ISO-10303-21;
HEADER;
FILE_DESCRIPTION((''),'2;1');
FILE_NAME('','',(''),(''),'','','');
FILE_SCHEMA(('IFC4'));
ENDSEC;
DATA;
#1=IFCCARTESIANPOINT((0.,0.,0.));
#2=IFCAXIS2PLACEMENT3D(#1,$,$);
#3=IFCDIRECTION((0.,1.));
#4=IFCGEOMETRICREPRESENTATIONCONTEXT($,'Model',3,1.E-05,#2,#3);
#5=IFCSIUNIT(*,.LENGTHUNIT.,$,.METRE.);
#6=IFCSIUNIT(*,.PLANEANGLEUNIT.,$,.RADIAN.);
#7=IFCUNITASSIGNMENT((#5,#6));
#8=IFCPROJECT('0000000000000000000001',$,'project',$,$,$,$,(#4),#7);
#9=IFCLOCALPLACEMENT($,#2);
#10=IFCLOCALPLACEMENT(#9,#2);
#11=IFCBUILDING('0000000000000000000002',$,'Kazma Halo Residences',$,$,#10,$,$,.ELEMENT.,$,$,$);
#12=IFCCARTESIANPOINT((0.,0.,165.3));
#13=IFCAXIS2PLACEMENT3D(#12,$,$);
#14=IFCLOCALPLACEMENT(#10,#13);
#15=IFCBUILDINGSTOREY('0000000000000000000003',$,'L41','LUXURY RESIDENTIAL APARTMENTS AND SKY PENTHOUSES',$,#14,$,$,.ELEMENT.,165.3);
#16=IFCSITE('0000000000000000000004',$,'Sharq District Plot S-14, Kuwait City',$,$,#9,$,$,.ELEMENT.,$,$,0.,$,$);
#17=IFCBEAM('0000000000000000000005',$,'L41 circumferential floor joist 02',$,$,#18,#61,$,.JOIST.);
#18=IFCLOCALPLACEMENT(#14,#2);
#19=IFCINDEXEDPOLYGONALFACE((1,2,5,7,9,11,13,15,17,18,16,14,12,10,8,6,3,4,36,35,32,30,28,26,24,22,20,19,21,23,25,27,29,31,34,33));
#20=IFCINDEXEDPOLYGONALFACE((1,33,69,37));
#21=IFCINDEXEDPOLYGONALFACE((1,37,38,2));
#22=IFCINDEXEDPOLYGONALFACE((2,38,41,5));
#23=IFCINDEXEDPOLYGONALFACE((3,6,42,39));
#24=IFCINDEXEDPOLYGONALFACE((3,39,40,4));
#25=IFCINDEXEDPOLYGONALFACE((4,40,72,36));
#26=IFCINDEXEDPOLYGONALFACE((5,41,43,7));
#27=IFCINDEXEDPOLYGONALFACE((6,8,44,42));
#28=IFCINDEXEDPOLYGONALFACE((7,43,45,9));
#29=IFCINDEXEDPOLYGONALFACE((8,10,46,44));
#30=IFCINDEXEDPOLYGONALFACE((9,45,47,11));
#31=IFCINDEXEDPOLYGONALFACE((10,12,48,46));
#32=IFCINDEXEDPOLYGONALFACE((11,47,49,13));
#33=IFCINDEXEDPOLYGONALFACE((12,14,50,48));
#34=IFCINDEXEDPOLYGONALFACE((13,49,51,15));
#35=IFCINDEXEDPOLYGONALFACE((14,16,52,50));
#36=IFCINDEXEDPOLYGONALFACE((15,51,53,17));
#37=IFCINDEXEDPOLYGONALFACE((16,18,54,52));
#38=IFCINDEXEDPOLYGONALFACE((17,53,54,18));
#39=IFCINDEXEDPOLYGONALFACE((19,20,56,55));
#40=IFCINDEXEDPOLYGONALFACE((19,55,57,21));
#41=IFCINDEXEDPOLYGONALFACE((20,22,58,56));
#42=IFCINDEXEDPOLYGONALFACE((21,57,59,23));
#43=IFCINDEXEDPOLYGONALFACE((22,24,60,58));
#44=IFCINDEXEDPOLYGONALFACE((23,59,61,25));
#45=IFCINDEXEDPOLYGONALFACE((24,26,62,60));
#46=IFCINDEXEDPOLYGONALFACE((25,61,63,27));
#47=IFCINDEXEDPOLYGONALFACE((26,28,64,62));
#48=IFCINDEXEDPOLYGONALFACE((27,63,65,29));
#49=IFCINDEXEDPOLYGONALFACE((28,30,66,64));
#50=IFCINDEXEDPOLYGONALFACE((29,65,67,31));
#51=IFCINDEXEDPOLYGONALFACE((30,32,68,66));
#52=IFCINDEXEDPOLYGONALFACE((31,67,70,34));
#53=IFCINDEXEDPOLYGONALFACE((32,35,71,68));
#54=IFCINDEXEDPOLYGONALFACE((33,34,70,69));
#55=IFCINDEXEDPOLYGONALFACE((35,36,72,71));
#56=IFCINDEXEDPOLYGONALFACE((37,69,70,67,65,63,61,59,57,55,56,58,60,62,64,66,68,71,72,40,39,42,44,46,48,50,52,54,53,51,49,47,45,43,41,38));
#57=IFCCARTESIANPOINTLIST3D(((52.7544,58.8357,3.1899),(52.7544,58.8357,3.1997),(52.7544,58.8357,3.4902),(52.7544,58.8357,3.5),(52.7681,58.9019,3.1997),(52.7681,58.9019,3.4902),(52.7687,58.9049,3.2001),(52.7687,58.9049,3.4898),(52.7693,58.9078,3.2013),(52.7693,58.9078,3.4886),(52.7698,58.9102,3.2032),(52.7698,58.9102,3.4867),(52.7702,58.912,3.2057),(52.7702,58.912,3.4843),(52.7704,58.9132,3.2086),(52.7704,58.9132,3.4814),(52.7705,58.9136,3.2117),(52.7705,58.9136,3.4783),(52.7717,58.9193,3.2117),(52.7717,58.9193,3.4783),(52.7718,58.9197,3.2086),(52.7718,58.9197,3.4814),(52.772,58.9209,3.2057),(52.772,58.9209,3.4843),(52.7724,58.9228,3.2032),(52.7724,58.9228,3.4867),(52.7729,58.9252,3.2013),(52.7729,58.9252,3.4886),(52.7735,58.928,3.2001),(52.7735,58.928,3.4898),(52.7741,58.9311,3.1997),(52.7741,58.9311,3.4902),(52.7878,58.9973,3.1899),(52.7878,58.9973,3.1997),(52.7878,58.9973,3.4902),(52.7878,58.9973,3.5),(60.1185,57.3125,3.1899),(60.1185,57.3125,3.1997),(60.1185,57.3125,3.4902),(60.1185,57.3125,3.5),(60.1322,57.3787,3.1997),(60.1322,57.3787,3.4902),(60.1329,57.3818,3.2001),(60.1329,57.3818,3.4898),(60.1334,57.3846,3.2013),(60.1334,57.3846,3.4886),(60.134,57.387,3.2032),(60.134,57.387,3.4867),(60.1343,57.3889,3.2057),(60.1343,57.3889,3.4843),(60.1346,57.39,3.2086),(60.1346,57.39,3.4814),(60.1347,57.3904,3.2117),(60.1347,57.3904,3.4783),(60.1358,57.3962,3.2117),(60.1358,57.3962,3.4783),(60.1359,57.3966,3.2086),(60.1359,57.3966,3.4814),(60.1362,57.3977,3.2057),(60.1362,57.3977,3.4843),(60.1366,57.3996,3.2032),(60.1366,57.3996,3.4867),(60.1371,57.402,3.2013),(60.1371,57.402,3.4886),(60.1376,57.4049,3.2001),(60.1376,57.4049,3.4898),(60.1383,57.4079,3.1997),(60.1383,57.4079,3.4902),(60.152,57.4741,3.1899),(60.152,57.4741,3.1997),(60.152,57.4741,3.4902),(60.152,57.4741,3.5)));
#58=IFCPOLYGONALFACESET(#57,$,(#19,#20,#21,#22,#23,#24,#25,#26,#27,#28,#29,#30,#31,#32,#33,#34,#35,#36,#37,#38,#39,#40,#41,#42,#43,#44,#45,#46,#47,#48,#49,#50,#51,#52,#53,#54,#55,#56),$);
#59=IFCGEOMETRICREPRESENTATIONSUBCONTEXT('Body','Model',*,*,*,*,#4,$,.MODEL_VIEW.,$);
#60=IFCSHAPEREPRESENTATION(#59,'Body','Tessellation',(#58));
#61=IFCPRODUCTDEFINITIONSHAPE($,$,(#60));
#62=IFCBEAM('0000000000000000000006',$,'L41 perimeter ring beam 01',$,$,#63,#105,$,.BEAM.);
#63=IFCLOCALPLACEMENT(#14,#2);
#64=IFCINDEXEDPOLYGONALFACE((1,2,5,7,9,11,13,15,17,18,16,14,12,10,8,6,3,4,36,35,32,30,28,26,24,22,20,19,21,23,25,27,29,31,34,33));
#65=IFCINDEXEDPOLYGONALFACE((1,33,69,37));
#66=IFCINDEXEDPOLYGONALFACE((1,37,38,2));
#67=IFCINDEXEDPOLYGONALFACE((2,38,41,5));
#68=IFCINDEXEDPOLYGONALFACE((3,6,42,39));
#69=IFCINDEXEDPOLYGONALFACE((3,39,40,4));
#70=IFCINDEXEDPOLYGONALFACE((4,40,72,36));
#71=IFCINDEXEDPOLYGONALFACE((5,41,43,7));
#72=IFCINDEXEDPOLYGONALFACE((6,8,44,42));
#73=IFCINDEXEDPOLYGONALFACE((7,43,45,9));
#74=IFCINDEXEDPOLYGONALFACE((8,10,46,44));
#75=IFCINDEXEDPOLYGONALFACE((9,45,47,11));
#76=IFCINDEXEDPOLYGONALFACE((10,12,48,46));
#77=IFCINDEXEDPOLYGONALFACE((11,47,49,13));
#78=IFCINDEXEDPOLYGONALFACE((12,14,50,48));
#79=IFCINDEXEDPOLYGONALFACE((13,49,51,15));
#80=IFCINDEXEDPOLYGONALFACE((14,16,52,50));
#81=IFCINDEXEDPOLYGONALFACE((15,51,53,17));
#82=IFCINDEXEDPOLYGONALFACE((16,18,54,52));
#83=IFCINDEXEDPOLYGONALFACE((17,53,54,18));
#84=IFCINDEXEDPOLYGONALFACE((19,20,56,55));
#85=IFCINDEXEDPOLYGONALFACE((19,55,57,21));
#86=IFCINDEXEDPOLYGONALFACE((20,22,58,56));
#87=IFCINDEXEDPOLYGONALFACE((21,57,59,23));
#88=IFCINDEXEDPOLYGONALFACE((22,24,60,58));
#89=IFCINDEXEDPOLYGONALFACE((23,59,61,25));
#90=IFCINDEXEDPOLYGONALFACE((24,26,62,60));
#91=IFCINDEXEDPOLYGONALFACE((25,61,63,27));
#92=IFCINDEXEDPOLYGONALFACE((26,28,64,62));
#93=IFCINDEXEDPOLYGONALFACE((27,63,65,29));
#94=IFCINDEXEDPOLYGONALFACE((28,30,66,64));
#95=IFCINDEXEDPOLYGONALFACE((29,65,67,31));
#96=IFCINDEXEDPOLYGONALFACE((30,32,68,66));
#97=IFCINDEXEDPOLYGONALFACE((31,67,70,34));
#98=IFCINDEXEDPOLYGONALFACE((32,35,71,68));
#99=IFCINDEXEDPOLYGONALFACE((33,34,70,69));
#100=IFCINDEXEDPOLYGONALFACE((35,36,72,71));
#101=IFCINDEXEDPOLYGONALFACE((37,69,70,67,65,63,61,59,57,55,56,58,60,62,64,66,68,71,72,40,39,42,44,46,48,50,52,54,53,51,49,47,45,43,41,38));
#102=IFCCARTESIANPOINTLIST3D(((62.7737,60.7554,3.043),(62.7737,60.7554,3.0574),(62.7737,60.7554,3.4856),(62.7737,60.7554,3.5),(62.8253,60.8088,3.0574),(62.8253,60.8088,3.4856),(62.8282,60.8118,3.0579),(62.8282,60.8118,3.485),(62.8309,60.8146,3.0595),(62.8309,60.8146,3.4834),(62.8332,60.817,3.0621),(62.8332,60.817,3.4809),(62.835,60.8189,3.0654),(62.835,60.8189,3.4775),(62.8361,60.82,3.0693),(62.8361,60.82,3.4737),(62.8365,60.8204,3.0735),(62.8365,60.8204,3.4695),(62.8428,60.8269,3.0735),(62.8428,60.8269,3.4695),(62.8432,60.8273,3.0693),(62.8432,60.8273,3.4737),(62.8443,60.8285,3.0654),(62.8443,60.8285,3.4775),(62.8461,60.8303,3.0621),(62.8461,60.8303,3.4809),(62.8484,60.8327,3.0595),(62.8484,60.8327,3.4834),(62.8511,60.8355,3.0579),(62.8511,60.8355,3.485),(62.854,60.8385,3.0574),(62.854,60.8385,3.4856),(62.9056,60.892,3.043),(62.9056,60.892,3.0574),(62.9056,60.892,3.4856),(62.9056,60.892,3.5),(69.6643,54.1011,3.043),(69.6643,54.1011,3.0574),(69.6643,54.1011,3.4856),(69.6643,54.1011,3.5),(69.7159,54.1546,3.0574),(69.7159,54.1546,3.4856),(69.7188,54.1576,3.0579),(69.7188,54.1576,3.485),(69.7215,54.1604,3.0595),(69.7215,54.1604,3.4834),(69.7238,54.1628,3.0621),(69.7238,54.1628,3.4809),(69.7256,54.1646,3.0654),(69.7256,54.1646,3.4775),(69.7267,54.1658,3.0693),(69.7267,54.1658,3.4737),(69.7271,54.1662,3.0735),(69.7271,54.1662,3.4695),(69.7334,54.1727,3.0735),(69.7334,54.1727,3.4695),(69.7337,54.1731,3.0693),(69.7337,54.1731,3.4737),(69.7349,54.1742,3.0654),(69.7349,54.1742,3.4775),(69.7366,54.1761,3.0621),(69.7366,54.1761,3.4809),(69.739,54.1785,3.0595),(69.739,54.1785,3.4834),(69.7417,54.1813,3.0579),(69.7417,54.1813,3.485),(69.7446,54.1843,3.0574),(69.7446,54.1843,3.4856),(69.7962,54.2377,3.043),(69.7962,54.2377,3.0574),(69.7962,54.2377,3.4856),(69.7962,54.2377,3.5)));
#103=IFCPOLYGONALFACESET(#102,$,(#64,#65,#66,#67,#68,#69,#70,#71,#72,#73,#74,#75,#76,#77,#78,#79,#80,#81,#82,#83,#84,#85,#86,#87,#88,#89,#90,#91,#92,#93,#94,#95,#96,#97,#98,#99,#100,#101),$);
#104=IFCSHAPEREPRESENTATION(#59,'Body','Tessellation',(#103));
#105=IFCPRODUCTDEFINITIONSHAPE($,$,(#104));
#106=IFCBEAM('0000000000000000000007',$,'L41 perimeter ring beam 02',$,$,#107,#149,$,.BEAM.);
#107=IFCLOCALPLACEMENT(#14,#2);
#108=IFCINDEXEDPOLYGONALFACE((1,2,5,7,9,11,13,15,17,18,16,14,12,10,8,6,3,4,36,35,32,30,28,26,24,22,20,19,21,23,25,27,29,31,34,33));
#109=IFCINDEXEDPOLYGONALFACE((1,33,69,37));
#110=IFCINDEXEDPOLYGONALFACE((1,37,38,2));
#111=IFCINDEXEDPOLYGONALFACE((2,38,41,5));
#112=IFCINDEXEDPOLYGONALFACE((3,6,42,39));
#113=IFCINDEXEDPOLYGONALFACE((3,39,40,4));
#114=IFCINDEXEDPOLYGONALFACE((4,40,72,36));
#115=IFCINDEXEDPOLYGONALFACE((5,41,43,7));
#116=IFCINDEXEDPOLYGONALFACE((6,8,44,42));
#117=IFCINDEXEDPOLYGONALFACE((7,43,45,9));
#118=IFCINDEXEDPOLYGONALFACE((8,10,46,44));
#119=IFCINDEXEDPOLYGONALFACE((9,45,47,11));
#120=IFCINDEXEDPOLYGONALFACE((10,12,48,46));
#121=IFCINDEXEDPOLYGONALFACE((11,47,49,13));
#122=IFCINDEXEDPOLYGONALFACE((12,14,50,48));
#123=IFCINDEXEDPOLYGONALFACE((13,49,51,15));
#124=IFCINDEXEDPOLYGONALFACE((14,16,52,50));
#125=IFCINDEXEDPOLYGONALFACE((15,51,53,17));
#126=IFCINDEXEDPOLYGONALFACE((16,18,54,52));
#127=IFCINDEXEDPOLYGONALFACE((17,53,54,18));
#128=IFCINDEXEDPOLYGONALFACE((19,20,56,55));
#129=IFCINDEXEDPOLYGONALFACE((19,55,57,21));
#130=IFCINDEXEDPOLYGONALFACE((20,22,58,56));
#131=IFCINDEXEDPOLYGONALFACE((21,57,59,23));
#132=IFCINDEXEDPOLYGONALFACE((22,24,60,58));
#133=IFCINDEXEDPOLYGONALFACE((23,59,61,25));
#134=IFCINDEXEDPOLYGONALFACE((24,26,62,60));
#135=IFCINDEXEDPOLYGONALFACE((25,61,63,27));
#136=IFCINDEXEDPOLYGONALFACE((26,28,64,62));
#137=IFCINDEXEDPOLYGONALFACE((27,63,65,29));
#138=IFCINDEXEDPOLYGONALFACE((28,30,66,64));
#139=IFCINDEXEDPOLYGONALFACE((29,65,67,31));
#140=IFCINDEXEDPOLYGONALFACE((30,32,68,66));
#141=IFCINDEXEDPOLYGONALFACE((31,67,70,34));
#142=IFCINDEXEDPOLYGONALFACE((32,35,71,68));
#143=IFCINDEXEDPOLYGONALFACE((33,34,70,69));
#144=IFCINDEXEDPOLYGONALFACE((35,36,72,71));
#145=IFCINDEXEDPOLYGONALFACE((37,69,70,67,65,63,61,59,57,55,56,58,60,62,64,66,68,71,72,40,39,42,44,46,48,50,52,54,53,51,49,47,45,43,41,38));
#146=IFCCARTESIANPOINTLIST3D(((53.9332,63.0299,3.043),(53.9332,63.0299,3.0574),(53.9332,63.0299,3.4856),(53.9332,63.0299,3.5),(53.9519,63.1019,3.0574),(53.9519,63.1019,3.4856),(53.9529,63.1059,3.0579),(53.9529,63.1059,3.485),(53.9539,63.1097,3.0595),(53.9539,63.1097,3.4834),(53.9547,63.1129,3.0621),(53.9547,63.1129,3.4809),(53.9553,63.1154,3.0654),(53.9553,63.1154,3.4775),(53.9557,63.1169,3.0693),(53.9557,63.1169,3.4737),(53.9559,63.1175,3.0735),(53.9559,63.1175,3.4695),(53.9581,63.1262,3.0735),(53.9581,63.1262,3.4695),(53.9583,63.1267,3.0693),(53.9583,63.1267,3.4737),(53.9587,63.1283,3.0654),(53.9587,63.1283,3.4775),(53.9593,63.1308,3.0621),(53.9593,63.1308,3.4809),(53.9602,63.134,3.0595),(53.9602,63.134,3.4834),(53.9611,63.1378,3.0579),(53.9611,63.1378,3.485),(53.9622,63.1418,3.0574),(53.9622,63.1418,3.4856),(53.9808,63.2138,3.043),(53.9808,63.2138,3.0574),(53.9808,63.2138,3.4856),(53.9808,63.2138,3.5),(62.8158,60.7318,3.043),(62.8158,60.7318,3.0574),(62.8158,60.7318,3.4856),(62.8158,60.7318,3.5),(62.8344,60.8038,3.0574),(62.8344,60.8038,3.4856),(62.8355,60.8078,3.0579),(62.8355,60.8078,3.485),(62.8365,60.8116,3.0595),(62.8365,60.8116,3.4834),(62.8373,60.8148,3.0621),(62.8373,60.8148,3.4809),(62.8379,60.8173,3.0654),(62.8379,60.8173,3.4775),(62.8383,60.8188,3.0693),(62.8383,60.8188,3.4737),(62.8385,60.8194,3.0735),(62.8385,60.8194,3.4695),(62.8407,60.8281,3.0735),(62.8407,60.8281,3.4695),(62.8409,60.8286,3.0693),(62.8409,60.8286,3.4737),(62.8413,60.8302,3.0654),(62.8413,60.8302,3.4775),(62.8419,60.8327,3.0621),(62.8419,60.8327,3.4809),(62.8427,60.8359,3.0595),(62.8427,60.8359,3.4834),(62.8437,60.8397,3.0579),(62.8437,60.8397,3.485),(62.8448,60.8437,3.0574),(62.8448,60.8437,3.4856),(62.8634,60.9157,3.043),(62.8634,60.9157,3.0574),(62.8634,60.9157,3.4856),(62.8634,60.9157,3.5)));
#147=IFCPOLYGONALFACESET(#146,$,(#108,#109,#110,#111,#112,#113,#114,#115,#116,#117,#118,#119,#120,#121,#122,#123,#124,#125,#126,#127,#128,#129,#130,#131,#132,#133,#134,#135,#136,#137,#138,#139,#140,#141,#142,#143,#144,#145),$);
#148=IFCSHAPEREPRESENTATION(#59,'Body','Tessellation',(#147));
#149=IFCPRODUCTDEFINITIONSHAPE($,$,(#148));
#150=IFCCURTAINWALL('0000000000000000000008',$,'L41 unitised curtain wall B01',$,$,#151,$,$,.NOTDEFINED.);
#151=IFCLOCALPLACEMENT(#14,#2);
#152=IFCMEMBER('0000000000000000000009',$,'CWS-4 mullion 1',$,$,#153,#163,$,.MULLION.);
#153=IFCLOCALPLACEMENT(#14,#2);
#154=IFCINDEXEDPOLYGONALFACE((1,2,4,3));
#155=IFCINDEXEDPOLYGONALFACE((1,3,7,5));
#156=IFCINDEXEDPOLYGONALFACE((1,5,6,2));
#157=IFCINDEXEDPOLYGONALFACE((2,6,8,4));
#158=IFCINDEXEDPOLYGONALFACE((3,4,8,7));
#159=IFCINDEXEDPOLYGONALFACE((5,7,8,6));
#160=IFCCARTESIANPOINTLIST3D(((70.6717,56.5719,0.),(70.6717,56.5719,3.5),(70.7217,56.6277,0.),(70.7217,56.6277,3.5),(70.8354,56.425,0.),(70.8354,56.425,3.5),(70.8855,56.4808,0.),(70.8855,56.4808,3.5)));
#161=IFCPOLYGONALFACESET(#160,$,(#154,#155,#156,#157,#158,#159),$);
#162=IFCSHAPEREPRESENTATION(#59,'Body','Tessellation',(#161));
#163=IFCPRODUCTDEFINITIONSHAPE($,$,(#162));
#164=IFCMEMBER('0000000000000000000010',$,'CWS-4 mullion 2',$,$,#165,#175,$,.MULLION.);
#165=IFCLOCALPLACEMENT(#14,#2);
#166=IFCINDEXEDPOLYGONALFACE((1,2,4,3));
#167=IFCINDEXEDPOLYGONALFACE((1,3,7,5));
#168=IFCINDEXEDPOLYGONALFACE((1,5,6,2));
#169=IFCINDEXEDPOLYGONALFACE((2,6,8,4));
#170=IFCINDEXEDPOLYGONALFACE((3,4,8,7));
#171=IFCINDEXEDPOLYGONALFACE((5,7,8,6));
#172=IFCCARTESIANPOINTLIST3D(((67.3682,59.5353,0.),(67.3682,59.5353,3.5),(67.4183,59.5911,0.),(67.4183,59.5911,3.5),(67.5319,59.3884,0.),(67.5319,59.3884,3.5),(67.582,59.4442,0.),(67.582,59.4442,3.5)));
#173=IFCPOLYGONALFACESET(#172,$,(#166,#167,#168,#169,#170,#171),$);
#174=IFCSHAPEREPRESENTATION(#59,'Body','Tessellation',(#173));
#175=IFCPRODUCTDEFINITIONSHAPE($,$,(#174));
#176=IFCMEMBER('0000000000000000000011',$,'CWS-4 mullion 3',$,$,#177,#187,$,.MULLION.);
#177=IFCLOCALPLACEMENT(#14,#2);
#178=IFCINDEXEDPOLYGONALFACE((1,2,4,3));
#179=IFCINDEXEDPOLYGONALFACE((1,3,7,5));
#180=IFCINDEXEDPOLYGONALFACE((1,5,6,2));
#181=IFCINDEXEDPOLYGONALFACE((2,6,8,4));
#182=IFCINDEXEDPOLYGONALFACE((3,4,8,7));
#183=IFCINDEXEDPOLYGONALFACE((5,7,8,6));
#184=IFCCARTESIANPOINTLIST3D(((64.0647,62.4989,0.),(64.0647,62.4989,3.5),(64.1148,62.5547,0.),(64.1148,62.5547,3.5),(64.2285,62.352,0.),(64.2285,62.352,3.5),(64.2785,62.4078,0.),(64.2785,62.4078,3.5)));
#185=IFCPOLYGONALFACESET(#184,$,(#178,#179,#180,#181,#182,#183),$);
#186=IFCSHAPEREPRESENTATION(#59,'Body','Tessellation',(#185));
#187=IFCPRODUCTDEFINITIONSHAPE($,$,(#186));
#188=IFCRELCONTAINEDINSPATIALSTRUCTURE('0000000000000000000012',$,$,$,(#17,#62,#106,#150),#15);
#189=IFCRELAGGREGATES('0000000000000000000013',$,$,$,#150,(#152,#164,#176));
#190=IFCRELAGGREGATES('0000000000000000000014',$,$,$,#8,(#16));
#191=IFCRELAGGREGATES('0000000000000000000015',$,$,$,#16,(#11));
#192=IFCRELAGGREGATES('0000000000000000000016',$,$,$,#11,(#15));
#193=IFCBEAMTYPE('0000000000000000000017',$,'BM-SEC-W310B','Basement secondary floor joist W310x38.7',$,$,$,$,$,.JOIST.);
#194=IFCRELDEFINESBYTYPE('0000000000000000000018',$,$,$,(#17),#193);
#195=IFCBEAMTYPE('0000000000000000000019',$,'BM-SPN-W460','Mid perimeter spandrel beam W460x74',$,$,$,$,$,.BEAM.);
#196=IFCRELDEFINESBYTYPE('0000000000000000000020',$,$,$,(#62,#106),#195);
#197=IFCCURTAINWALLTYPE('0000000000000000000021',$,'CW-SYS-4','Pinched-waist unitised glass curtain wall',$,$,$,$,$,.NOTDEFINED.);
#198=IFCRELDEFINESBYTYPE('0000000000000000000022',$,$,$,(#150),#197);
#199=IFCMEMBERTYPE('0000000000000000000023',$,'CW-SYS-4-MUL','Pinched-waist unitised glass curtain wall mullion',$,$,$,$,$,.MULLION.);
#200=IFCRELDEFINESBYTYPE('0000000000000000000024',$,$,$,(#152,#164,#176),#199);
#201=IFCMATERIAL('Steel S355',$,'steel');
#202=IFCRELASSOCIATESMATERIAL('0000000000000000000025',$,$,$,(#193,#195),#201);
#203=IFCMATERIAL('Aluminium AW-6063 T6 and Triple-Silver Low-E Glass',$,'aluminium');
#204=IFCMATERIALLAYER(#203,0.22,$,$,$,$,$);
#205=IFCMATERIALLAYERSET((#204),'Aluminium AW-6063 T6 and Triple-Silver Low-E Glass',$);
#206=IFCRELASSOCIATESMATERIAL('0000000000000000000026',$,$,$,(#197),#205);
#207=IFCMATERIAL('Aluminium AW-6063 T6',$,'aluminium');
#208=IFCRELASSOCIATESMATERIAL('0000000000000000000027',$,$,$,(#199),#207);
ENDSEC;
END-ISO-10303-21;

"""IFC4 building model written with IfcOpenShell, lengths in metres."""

from ifc_helpers import new_model, si_unit, direction, frame, origin, origin_2d, place, context, subcontext, project, spatial, rectangle, i_section, extrude, material, layer, layer_set, material_profile, profile_set, type_object, element, aggregate, save


model = new_model("IFC4")

# Units and contexts
model_context = context("Model", 3, precision=1e-05, world=origin(), true_north=direction((0.0, 1.0)))
body_context = subcontext(model_context, "Body", "Model", "MODEL_VIEW")
ifc_project = project(units=[si_unit("LENGTHUNIT", "METRE"), si_unit("PLANEANGLEUNIT", "RADIAN")], contexts=[model_context])

# Site, building, storey
site_placement = place(None, origin())
site = spatial("IfcSite", under=ifc_project, at=site_placement, Name="Sharq District Plot S-14, Kuwait City", CompositionType="ELEMENT", RefElevation=0.0)
building_placement = place(site_placement, origin())
building = spatial("IfcBuilding", under=site, at=building_placement, Name="Kazma Halo Residences", CompositionType="ELEMENT")
storey_placement = place(building_placement, frame((0.0, 0.0, 165.3)))
storey = spatial("IfcBuildingStorey", under=building, at=storey_placement, Name="L41", Description="LUXURY RESIDENTIAL APARTMENTS AND SKY PENTHOUSES", CompositionType="ELEMENT", Elevation=165.3)

# Beams
ifc_material_1 = material(Name="Steel S355", Category="steel")
ifc_material_profile_1 = material_profile(ifc_material_1, i_section(OverallWidth=0.165, OverallDepth=0.3101, WebThickness=0.0059, FlangeThickness=0.0098, FilletRadius=0.012, at=origin_2d()), Name="W310x38.7")
ifc_profile_set_1 = profile_set([ifc_material_profile_1], Name="Steel S355")
beam_type_1 = type_object("IfcBeamType", Name="BM-SEC-W310B", Description="Basement secondary floor joist W310x38.7", PredefinedType="JOIST", material=ifc_profile_set_1)
beam_1_placement = place(storey_placement, frame((60.1353, 57.3933, 3.345), z_axis=(-0.979272, 0.202549, 0.0), x_axis=(-0.202549, -0.979272, 0.0)))
element("IfcBeam", 1, at=beam_1_placement, inside=storey, type_object=beam_type_1, Name="L41 circumferential floor joist 02", PredefinedType="JOIST", context=body_context, shape_type="SweptSolid", body=[
    extrude(i_section(OverallWidth=0.165, OverallDepth=0.3101, WebThickness=0.0059, FlangeThickness=0.0098, FilletRadius=0.012, at=origin_2d()), origin(), (0.0, 0.0, 1.0), 7.52),
])
ifc_material_profile_2 = material_profile(ifc_material_1, i_section(OverallWidth=0.1899, OverallDepth=0.457, WebThickness=0.009, FlangeThickness=0.0144, FilletRadius=0.0161, at=origin_2d()), Name="W460x74")
ifc_profile_set_2 = profile_set([ifc_material_profile_2], Name="Steel S355")
beam_type_2 = type_object("IfcBeamType", Name="BM-SPN-W460", Description="Mid perimeter spandrel beam W460x74", PredefinedType="BEAM", material=ifc_profile_set_2)
beam_2_placement = place(storey_placement, frame((69.7302, 54.1694, 3.2715), z_axis=(-0.719335, 0.694664, 0.0), x_axis=(-0.694664, -0.719335, 0.0)))
element("IfcBeam", 2, at=beam_2_placement, inside=storey, type_object=beam_type_2, Name="L41 perimeter ring beam 01", PredefinedType="BEAM", context=body_context, shape_type="SweptSolid", body=[
    extrude(i_section(OverallWidth=0.1899, OverallDepth=0.457, WebThickness=0.009, FlangeThickness=0.0144, FilletRadius=0.0161, at=origin_2d()), origin(), (0.0, 0.0, 1.0), 9.5791),
])
beam_3_placement = place(storey_placement, frame((62.8396, 60.8237, 3.2715), z_axis=(-0.968124, 0.250473, 0.0), x_axis=(-0.250473, -0.968124, 0.0)))
element("IfcBeam", 3, at=beam_3_placement, inside=storey, type_object=beam_type_2, Name="L41 perimeter ring beam 02", PredefinedType="BEAM", context=body_context, shape_type="SweptSolid", body=[
    extrude(i_section(OverallWidth=0.1899, OverallDepth=0.457, WebThickness=0.009, FlangeThickness=0.0144, FilletRadius=0.0161, at=origin_2d()), origin(), (0.0, 0.0, 1.0), 9.175),
])

# Curtain wall, members
ifc_material_2 = material(Name="Aluminium AW-6063 T6 and Triple-Silver Low-E Glass", Category="aluminium")
ifc_layer_1 = layer(ifc_material_2, 0.22)
ifc_layer_set_1 = layer_set([ifc_layer_1], Name="Aluminium AW-6063 T6 and Triple-Silver Low-E Glass")
curtain_wall_type = type_object("IfcCurtainWallType", Name="CW-SYS-4", Description="Pinched-waist unitised glass curtain wall", PredefinedType="NOTDEFINED", material=ifc_layer_set_1)
curtain_wall_1_placement = place(storey_placement, origin())
curtain_wall_1 = element("IfcCurtainWall", 4, at=curtain_wall_1_placement, inside=storey, type_object=curtain_wall_type, Name="L41 unitised curtain wall B01", PredefinedType="NOTDEFINED")
ifc_material_3 = material(Name="Aluminium AW-6063 T6", Category="aluminium")
ifc_material_profile_3 = material_profile(ifc_material_3, rectangle(XDim=0.075, YDim=0.22, at=origin_2d()), Name="CWM-75x220")
ifc_profile_set_3 = profile_set([ifc_material_profile_3], Name="Aluminium AW-6063 T6")
member_type_1 = type_object("IfcMemberType", Name="CW-SYS-4-MUL", Description="Pinched-waist unitised glass curtain wall mullion", PredefinedType="MULLION", material=ifc_profile_set_3)
member_1_placement = place(storey_placement, frame((70.7786, 56.5264, 0.0), z_axis=(0.0, 0.0, 1.0), x_axis=(-0.66777, -0.744368, 0.0)))
member_1 = element("IfcMember", 5, at=member_1_placement, type_object=member_type_1, Name="CWS-4 mullion 1", PredefinedType="MULLION", context=body_context, shape_type="SweptSolid", body=[
    extrude(rectangle(XDim=0.075, YDim=0.22, at=origin_2d()), origin(), (0.0, 0.0, 1.0), 3.5),
])
member_2_placement = place(storey_placement, frame((67.4751, 59.4897, 0.0), z_axis=(0.0, 0.0, 1.0), x_axis=(-0.66777, -0.744368, 0.0)))
member_2 = element("IfcMember", 6, at=member_2_placement, type_object=member_type_1, Name="CWS-4 mullion 2", PredefinedType="MULLION", context=body_context, shape_type="SweptSolid", body=[
    extrude(rectangle(XDim=0.075, YDim=0.22, at=origin_2d()), origin(), (0.0, 0.0, 1.0), 3.5),
])
member_3_placement = place(storey_placement, frame((64.1716, 62.4534, 0.0), z_axis=(0.0, 0.0, 1.0), x_axis=(-0.66777, -0.744368, 0.0)))
member_3 = element("IfcMember", 7, at=member_3_placement, type_object=member_type_1, Name="CWS-4 mullion 3", PredefinedType="MULLION", context=body_context, shape_type="SweptSolid", body=[
    extrude(rectangle(XDim=0.075, YDim=0.22, at=origin_2d()), origin(), (0.0, 0.0, 1.0), 3.5),
])

aggregate(curtain_wall_1, [member_1, member_2, member_3])

save(model, "model.ifc")
